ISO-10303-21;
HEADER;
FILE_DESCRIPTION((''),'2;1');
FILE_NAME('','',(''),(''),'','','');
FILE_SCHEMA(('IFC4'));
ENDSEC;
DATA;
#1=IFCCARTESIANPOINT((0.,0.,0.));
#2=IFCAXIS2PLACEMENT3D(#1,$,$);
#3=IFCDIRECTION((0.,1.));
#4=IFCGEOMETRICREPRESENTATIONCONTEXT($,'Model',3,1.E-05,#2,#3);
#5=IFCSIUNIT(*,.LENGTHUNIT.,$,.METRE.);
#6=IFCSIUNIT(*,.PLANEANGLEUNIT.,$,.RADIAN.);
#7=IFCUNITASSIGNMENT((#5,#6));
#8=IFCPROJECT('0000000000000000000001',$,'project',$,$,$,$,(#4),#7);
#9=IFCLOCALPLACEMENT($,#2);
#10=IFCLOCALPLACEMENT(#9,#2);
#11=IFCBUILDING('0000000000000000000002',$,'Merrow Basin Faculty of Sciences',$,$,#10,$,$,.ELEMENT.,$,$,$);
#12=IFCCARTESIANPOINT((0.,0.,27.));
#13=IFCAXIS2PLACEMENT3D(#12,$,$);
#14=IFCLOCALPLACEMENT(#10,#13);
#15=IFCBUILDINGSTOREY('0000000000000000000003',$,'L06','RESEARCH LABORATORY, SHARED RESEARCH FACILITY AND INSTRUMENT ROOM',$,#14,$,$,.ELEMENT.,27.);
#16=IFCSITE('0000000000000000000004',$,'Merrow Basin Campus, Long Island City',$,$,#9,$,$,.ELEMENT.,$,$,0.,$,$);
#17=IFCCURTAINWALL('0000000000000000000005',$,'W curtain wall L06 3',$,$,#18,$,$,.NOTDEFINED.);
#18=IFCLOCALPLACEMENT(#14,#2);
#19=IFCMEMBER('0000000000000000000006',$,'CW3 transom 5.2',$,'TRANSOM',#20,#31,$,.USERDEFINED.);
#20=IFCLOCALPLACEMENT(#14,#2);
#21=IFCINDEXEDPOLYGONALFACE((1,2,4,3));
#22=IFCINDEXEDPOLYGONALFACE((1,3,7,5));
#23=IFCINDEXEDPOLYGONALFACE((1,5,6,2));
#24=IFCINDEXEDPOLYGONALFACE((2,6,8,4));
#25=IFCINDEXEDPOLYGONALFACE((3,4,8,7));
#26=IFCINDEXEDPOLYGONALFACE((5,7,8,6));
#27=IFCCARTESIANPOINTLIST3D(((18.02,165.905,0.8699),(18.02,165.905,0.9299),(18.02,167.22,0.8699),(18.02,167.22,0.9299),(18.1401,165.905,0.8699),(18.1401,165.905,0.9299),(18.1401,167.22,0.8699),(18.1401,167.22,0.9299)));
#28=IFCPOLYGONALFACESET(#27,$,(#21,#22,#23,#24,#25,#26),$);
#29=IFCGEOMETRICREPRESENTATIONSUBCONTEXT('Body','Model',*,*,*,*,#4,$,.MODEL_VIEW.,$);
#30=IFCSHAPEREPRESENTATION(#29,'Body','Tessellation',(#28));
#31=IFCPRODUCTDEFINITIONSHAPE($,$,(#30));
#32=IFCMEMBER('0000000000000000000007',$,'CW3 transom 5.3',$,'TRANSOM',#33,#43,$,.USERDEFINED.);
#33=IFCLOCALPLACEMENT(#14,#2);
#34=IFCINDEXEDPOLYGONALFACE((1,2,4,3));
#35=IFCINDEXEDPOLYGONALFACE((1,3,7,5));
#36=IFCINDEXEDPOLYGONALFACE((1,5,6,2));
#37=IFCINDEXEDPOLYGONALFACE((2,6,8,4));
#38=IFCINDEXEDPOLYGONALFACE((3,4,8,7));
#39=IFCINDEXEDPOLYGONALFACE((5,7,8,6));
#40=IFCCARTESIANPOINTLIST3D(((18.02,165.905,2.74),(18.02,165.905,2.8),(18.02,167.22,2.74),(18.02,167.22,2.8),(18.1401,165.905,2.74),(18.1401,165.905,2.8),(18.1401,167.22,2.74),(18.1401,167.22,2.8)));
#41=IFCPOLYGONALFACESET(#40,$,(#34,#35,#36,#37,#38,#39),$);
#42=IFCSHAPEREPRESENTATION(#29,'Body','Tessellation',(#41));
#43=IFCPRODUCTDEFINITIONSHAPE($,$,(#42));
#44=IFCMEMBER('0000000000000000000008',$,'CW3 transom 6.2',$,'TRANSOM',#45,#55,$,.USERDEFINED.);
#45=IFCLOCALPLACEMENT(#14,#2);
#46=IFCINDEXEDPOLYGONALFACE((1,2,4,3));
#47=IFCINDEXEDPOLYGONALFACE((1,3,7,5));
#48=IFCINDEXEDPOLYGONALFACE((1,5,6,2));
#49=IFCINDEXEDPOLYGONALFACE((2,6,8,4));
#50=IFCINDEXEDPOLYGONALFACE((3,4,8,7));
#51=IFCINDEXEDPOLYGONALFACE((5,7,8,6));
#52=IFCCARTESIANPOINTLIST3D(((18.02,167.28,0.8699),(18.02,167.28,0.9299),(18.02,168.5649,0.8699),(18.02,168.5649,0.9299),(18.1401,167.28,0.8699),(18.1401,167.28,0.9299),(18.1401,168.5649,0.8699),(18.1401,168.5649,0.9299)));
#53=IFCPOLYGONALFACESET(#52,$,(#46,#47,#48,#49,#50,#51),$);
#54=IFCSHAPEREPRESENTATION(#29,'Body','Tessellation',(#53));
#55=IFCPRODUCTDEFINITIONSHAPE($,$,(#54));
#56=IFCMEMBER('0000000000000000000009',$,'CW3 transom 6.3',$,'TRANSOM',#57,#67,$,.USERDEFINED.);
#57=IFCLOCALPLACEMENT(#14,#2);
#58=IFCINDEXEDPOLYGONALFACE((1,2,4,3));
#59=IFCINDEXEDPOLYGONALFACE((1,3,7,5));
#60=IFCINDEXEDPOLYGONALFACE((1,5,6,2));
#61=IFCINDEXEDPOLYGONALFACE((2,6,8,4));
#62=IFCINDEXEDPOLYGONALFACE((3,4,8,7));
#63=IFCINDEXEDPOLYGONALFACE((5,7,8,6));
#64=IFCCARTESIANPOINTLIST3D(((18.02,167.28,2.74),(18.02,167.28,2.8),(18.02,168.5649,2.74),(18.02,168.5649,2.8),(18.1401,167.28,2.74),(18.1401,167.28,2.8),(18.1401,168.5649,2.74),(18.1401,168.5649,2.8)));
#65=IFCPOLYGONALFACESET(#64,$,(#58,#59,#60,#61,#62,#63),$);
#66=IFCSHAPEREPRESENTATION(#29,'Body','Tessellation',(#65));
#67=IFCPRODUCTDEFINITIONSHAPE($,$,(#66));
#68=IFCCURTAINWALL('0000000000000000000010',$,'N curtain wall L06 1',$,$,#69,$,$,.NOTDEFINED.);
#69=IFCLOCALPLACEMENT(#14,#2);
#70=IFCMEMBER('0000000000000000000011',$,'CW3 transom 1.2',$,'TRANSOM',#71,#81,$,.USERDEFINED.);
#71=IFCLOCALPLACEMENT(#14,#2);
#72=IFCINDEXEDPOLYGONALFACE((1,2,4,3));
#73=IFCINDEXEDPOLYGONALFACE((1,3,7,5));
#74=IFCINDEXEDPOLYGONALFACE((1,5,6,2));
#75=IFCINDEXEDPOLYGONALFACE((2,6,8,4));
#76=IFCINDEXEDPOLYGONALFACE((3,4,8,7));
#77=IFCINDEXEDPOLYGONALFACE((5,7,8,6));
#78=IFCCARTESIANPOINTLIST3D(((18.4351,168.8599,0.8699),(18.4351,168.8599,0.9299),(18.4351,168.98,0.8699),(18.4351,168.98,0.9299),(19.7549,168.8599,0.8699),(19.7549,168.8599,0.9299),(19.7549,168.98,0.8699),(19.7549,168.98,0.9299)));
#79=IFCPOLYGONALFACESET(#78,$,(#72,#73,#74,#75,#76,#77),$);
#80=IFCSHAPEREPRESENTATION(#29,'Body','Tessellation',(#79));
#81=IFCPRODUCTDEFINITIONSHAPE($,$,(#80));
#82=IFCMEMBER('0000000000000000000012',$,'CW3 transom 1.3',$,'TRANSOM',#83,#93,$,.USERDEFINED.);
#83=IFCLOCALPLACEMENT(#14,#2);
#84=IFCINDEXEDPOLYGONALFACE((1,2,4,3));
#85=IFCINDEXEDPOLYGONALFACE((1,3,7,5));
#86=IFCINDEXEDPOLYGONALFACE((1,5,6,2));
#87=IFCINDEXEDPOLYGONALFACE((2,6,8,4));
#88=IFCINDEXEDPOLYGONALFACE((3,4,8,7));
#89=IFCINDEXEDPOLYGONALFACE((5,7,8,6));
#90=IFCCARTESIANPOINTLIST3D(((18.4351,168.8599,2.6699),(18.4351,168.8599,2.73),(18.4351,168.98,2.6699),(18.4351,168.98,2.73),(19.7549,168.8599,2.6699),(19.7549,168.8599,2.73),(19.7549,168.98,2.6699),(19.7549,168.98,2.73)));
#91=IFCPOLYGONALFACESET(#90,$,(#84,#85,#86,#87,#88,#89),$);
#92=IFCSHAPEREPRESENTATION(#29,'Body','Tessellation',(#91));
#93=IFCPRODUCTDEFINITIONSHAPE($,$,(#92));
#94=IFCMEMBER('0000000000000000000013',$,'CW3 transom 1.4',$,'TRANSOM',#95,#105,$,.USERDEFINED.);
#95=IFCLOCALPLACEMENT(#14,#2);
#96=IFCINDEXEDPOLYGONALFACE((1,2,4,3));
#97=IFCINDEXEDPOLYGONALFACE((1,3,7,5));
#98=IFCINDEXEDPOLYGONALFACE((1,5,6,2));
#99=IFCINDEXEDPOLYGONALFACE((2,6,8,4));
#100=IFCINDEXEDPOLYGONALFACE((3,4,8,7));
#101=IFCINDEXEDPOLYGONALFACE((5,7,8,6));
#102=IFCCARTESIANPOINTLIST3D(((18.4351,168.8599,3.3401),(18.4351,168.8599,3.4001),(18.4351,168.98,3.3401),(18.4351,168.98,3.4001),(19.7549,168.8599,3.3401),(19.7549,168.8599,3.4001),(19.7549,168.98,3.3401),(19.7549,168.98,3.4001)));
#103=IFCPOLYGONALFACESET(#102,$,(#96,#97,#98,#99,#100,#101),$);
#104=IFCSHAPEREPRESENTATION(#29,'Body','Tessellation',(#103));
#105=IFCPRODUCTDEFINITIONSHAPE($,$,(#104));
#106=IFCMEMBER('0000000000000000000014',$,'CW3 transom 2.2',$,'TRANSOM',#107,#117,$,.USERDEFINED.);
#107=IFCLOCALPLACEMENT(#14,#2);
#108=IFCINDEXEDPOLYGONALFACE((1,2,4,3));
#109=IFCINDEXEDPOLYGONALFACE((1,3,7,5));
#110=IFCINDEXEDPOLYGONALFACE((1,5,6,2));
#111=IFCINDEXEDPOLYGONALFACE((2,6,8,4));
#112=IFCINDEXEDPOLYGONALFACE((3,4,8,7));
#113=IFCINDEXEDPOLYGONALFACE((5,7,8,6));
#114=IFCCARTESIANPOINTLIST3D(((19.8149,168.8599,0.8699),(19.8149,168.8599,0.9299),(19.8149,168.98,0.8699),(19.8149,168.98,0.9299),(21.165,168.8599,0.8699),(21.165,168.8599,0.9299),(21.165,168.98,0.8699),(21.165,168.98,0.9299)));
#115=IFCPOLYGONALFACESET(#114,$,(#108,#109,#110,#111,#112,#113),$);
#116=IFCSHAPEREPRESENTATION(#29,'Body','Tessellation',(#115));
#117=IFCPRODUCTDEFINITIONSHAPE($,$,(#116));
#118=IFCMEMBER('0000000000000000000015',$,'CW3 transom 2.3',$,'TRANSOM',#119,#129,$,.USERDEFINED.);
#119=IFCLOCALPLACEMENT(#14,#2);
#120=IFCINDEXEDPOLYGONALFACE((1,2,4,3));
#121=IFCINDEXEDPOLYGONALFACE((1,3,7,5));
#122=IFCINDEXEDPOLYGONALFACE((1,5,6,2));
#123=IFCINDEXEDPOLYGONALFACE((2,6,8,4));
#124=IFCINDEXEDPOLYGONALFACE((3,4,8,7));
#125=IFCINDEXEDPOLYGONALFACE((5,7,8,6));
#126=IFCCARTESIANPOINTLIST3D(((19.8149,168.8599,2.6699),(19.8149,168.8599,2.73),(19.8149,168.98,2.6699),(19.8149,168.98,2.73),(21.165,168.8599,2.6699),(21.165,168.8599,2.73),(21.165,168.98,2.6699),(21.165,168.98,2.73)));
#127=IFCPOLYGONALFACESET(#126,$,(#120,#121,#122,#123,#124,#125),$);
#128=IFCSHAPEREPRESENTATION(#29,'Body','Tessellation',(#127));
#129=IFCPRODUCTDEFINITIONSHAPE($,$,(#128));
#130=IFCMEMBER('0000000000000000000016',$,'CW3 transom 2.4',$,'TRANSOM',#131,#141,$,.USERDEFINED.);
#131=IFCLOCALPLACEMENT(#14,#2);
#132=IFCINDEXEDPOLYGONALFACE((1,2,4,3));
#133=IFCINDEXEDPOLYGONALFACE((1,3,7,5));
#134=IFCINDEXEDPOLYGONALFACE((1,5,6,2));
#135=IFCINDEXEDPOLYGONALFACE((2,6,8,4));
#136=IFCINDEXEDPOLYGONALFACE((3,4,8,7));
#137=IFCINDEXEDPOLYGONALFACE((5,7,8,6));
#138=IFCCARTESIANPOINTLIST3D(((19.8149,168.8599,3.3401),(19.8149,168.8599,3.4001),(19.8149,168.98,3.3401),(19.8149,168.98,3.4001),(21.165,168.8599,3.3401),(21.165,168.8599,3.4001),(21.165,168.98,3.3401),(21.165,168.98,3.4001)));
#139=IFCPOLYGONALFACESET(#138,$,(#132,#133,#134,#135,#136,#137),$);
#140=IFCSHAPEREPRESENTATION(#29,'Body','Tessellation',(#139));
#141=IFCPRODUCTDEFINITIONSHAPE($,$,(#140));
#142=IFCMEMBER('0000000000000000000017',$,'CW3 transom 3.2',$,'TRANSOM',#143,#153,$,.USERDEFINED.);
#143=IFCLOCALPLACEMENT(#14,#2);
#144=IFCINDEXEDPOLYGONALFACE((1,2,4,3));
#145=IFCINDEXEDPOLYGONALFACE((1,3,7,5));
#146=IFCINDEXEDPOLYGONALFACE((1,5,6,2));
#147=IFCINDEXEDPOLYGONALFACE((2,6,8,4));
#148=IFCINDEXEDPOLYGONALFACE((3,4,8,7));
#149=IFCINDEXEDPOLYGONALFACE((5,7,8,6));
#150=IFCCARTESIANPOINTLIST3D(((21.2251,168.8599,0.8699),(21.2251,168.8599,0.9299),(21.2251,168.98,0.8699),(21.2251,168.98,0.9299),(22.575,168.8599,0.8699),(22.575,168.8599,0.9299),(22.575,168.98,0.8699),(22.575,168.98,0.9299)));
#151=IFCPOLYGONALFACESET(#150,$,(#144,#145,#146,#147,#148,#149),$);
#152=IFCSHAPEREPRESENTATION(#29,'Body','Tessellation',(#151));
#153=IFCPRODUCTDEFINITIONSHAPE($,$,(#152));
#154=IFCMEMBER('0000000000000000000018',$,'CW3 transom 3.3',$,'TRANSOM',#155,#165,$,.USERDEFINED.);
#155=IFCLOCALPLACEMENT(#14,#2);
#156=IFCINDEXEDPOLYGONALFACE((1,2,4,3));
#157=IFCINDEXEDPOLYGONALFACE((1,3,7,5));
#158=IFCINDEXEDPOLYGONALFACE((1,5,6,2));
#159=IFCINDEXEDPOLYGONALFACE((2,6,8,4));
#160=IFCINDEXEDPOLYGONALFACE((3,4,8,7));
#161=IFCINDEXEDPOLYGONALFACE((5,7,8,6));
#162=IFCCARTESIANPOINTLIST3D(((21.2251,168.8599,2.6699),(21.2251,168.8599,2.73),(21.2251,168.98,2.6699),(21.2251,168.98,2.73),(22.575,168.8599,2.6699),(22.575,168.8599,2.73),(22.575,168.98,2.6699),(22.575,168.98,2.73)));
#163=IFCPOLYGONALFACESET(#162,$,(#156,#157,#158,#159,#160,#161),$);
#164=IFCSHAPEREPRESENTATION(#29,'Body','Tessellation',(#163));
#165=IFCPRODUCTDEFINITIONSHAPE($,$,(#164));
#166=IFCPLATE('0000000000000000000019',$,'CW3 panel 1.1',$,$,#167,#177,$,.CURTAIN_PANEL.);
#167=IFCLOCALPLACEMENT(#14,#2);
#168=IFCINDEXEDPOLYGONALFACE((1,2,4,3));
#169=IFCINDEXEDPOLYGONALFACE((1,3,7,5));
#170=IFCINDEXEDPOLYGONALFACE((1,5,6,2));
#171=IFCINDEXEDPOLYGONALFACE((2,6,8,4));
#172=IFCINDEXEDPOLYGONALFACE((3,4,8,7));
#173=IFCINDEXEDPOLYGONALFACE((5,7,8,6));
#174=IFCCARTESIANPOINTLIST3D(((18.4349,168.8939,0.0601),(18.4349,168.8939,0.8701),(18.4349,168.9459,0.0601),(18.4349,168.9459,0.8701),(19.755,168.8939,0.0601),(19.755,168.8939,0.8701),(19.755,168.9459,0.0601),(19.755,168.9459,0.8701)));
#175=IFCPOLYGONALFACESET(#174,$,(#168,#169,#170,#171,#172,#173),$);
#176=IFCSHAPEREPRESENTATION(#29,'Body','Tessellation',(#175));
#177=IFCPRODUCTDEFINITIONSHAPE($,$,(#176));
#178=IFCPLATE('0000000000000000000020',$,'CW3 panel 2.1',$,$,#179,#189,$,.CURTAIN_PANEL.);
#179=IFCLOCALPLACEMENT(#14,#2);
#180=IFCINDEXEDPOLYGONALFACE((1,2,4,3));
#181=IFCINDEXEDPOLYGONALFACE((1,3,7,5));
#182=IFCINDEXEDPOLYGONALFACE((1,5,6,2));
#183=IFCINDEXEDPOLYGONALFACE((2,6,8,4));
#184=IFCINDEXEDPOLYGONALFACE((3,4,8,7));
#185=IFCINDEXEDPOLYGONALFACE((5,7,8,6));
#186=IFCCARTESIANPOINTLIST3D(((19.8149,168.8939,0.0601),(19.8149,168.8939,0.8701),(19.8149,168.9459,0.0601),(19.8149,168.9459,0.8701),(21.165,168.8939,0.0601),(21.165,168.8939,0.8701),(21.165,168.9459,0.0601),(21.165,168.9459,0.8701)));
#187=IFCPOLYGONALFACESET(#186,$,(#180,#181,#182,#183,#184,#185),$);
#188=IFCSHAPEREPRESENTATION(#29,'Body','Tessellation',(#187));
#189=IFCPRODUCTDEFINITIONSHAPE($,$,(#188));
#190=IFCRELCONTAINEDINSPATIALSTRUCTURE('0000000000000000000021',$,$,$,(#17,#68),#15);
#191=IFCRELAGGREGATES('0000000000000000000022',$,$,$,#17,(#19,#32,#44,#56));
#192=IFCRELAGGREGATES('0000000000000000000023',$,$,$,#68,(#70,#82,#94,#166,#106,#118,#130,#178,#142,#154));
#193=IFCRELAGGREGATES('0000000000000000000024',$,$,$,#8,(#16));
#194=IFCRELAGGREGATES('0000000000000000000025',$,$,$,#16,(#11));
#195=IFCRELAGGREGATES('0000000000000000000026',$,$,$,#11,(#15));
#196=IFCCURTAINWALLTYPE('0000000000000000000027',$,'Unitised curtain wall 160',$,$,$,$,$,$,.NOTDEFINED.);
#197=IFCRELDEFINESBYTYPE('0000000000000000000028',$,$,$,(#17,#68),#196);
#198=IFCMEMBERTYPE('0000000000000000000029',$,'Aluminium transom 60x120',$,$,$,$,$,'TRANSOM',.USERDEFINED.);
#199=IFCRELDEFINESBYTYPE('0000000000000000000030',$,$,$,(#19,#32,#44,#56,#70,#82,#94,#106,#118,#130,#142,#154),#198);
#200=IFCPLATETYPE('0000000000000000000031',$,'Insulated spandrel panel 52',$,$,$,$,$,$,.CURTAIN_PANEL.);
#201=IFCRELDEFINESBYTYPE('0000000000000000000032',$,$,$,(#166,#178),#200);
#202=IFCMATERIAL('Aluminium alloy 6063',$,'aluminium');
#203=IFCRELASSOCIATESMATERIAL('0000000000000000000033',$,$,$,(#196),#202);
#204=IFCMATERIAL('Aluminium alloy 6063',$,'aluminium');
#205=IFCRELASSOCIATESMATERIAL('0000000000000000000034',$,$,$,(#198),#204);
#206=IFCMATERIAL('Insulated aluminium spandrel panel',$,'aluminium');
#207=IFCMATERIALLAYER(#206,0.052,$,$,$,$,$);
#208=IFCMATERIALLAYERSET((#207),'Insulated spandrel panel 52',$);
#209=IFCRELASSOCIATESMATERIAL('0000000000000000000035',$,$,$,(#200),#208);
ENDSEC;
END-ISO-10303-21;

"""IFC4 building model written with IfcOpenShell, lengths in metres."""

from ifc_helpers import new_model, si_unit, direction, frame, origin, origin_2d, place, context, subcontext, project, spatial, rectangle, extrude, material, layer, layer_set, material_profile, profile_set, type_object, element, aggregate, save


model = new_model("IFC4")

# Units and contexts
model_context = context("Model", 3, precision=1e-05, world=origin(), true_north=direction((0.0, 1.0)))
body_context = subcontext(model_context, "Body", "Model", "MODEL_VIEW")
ifc_project = project(units=[si_unit("LENGTHUNIT", "METRE"), si_unit("PLANEANGLEUNIT", "RADIAN")], contexts=[model_context])

# Site, building, storey
site_placement = place(None, origin())
site = spatial("IfcSite", under=ifc_project, at=site_placement, Name="Merrow Basin Campus, Long Island City", CompositionType="ELEMENT", RefElevation=0.0)
building_placement = place(site_placement, origin())
building = spatial("IfcBuilding", under=site, at=building_placement, Name="Merrow Basin Faculty of Sciences", CompositionType="ELEMENT")
storey_placement = place(building_placement, frame((0.0, 0.0, 27.0)))
storey = spatial("IfcBuildingStorey", under=building, at=storey_placement, Name="L06", Description="RESEARCH LABORATORY, SHARED RESEARCH FACILITY AND INSTRUMENT ROOM", CompositionType="ELEMENT", Elevation=27.0)

# Curtain wall, members
ifc_material_1 = material(Name="Aluminium alloy 6063", Category="aluminium")
curtain_wall_type = type_object("IfcCurtainWallType", Name="Unitised curtain wall 160", PredefinedType="NOTDEFINED", material=ifc_material_1)
curtain_wall_1_placement = place(storey_placement, origin())
curtain_wall_1 = element("IfcCurtainWall", 1, at=curtain_wall_1_placement, inside=storey, type_object=curtain_wall_type, Name="W curtain wall L06 3", PredefinedType="NOTDEFINED")
ifc_material_2 = material(Name="Aluminium alloy 6063", Category="aluminium")
ifc_material_profile = material_profile(ifc_material_2, rectangle(XDim=0.1201, YDim=0.0601, at=origin_2d()))
ifc_profile_set = profile_set([ifc_material_profile], Name="Aluminium alloy 6063")
member_type = type_object("IfcMemberType", Name="Aluminium transom 60x120", ElementType="TRANSOM", PredefinedType="USERDEFINED", material=ifc_profile_set)
member_1_placement = place(storey_placement, frame((18.0801, 165.905, 0.8999), z_axis=(0.0, 1.0, 0.0), x_axis=(-1.0, 0.0, 0.0)))
member_1 = element("IfcMember", 2, at=member_1_placement, type_object=member_type, Name="CW3 transom 5.2", ObjectType="TRANSOM", PredefinedType="USERDEFINED", context=body_context, shape_type="SweptSolid", body=[
    extrude(rectangle(XDim=0.1201, YDim=0.0601, at=origin_2d()), origin(), (0.0, 0.0, 1.0), 1.3149),
])
member_2_placement = place(storey_placement, frame((18.0801, 165.905, 2.77), z_axis=(0.0, 1.0, 0.0), x_axis=(-1.0, 0.0, 0.0)))
member_2 = element("IfcMember", 3, at=member_2_placement, type_object=member_type, Name="CW3 transom 5.3", ObjectType="TRANSOM", PredefinedType="USERDEFINED", context=body_context, shape_type="SweptSolid", body=[
    extrude(rectangle(XDim=0.1201, YDim=0.0601, at=origin_2d()), origin(), (0.0, 0.0, 1.0), 1.3149),
])
member_3_placement = place(storey_placement, frame((18.0801, 167.28, 0.8999), z_axis=(0.0, 1.0, 0.0), x_axis=(-1.0, 0.0, 0.0)))
member_3 = element("IfcMember", 4, at=member_3_placement, type_object=member_type, Name="CW3 transom 6.2", ObjectType="TRANSOM", PredefinedType="USERDEFINED", context=body_context, shape_type="SweptSolid", body=[
    extrude(rectangle(XDim=0.1201, YDim=0.0601, at=origin_2d()), origin(), (0.0, 0.0, 1.0), 1.2849),
])
member_4_placement = place(storey_placement, frame((18.0801, 167.28, 2.77), z_axis=(0.0, 1.0, 0.0), x_axis=(-1.0, 0.0, 0.0)))
member_4 = element("IfcMember", 5, at=member_4_placement, type_object=member_type, Name="CW3 transom 6.3", ObjectType="TRANSOM", PredefinedType="USERDEFINED", context=body_context, shape_type="SweptSolid", body=[
    extrude(rectangle(XDim=0.1201, YDim=0.0601, at=origin_2d()), origin(), (0.0, 0.0, 1.0), 1.2849),
])

# Curtain wall, members, plates
curtain_wall_2_placement = place(storey_placement, origin())
curtain_wall_2 = element("IfcCurtainWall", 6, at=curtain_wall_2_placement, inside=storey, type_object=curtain_wall_type, Name="N curtain wall L06 1", PredefinedType="NOTDEFINED")
member_5_placement = place(storey_placement, frame((18.4351, 168.9199, 0.8999), z_axis=(1.0, 0.0, 0.0), x_axis=(0.0, 1.0, 0.0)))
member_5 = element("IfcMember", 7, at=member_5_placement, type_object=member_type, Name="CW3 transom 1.2", ObjectType="TRANSOM", PredefinedType="USERDEFINED", context=body_context, shape_type="SweptSolid", body=[
    extrude(rectangle(XDim=0.1201, YDim=0.0601, at=origin_2d()), origin(), (0.0, 0.0, 1.0), 1.3198),
])
member_6_placement = place(storey_placement, frame((18.4351, 168.9199, 2.7), z_axis=(1.0, 0.0, 0.0), x_axis=(0.0, 1.0, 0.0)))
member_6 = element("IfcMember", 8, at=member_6_placement, type_object=member_type, Name="CW3 transom 1.3", ObjectType="TRANSOM", PredefinedType="USERDEFINED", context=body_context, shape_type="SweptSolid", body=[
    extrude(rectangle(XDim=0.1201, YDim=0.0601, at=origin_2d()), origin(), (0.0, 0.0, 1.0), 1.3198),
])
member_7_placement = place(storey_placement, frame((18.4351, 168.9199, 3.3701), z_axis=(1.0, 0.0, 0.0), x_axis=(0.0, 1.0, 0.0)))
member_7 = element("IfcMember", 9, at=member_7_placement, type_object=member_type, Name="CW3 transom 1.4", ObjectType="TRANSOM", PredefinedType="USERDEFINED", context=body_context, shape_type="SweptSolid", body=[
    extrude(rectangle(XDim=0.1201, YDim=0.0601, at=origin_2d()), origin(), (0.0, 0.0, 1.0), 1.3198),
])
member_8_placement = place(storey_placement, frame((19.8149, 168.9199, 0.8999), z_axis=(1.0, 0.0, 0.0), x_axis=(0.0, 1.0, 0.0)))
member_8 = element("IfcMember", 10, at=member_8_placement, type_object=member_type, Name="CW3 transom 2.2", ObjectType="TRANSOM", PredefinedType="USERDEFINED", context=body_context, shape_type="SweptSolid", body=[
    extrude(rectangle(XDim=0.1201, YDim=0.0601, at=origin_2d()), origin(), (0.0, 0.0, 1.0), 1.3501),
])
member_9_placement = place(storey_placement, frame((19.8149, 168.9199, 2.7), z_axis=(1.0, 0.0, 0.0), x_axis=(0.0, 1.0, 0.0)))
member_9 = element("IfcMember", 11, at=member_9_placement, type_object=member_type, Name="CW3 transom 2.3", ObjectType="TRANSOM", PredefinedType="USERDEFINED", context=body_context, shape_type="SweptSolid", body=[
    extrude(rectangle(XDim=0.1201, YDim=0.0601, at=origin_2d()), origin(), (0.0, 0.0, 1.0), 1.3501),
])
member_10_placement = place(storey_placement, frame((19.8149, 168.9199, 3.3701), z_axis=(1.0, 0.0, 0.0), x_axis=(0.0, 1.0, 0.0)))
member_10 = element("IfcMember", 12, at=member_10_placement, type_object=member_type, Name="CW3 transom 2.4", ObjectType="TRANSOM", PredefinedType="USERDEFINED", context=body_context, shape_type="SweptSolid", body=[
    extrude(rectangle(XDim=0.1201, YDim=0.0601, at=origin_2d()), origin(), (0.0, 0.0, 1.0), 1.3501),
])
member_11_placement = place(storey_placement, frame((21.2251, 168.9199, 0.8999), z_axis=(1.0, 0.0, 0.0), x_axis=(0.0, 1.0, 0.0)))
member_11 = element("IfcMember", 13, at=member_11_placement, type_object=member_type, Name="CW3 transom 3.2", ObjectType="TRANSOM", PredefinedType="USERDEFINED", context=body_context, shape_type="SweptSolid", body=[
    extrude(rectangle(XDim=0.1201, YDim=0.0601, at=origin_2d()), origin(), (0.0, 0.0, 1.0), 1.3499),
])
member_12_placement = place(storey_placement, frame((21.2251, 168.9199, 2.7), z_axis=(1.0, 0.0, 0.0), x_axis=(0.0, 1.0, 0.0)))
member_12 = element("IfcMember", 14, at=member_12_placement, type_object=member_type, Name="CW3 transom 3.3", ObjectType="TRANSOM", PredefinedType="USERDEFINED", context=body_context, shape_type="SweptSolid", body=[
    extrude(rectangle(XDim=0.1201, YDim=0.0601, at=origin_2d()), origin(), (0.0, 0.0, 1.0), 1.3499),
])
ifc_material_3 = material(Name="Insulated aluminium spandrel panel", Category="aluminium")
ifc_layer_1 = layer(ifc_material_3, 0.052)
ifc_layer_set_1 = layer_set([ifc_layer_1], Name="Insulated spandrel panel 52")
plate_type_1 = type_object("IfcPlateType", Name="Insulated spandrel panel 52", PredefinedType="CURTAIN_PANEL", material=ifc_layer_set_1)
plate_1_placement = place(storey_placement, frame((19.095, 168.9199, 0.0601), z_axis=(0.0, 0.0, 1.0), x_axis=(1.0, 0.0, 0.0)))
plate_1 = element("IfcPlate", 15, at=plate_1_placement, type_object=plate_type_1, Name="CW3 panel 1.1", PredefinedType="CURTAIN_PANEL", context=body_context, shape_type="SweptSolid", body=[
    extrude(rectangle(XDim=1.3201, YDim=0.052, at=origin_2d()), origin(), (0.0, 0.0, 1.0), 0.8101),
])
plate_2_placement = place(storey_placement, frame((20.49, 168.9199, 0.0601), z_axis=(0.0, 0.0, 1.0), x_axis=(1.0, 0.0, 0.0)))
plate_2 = element("IfcPlate", 16, at=plate_2_placement, type_object=plate_type_1, Name="CW3 panel 2.1", PredefinedType="CURTAIN_PANEL", context=body_context, shape_type="SweptSolid", body=[
    extrude(rectangle(XDim=1.3501, YDim=0.052, at=origin_2d()), origin(), (0.0, 0.0, 1.0), 0.8101),
])

aggregate(curtain_wall_1, [member_1, member_2, member_3, member_4])
aggregate(curtain_wall_2, [member_5, member_6, member_7, plate_1, member_8, member_9, member_10, plate_2, member_11, member_12])

save(model, "model.ifc")
